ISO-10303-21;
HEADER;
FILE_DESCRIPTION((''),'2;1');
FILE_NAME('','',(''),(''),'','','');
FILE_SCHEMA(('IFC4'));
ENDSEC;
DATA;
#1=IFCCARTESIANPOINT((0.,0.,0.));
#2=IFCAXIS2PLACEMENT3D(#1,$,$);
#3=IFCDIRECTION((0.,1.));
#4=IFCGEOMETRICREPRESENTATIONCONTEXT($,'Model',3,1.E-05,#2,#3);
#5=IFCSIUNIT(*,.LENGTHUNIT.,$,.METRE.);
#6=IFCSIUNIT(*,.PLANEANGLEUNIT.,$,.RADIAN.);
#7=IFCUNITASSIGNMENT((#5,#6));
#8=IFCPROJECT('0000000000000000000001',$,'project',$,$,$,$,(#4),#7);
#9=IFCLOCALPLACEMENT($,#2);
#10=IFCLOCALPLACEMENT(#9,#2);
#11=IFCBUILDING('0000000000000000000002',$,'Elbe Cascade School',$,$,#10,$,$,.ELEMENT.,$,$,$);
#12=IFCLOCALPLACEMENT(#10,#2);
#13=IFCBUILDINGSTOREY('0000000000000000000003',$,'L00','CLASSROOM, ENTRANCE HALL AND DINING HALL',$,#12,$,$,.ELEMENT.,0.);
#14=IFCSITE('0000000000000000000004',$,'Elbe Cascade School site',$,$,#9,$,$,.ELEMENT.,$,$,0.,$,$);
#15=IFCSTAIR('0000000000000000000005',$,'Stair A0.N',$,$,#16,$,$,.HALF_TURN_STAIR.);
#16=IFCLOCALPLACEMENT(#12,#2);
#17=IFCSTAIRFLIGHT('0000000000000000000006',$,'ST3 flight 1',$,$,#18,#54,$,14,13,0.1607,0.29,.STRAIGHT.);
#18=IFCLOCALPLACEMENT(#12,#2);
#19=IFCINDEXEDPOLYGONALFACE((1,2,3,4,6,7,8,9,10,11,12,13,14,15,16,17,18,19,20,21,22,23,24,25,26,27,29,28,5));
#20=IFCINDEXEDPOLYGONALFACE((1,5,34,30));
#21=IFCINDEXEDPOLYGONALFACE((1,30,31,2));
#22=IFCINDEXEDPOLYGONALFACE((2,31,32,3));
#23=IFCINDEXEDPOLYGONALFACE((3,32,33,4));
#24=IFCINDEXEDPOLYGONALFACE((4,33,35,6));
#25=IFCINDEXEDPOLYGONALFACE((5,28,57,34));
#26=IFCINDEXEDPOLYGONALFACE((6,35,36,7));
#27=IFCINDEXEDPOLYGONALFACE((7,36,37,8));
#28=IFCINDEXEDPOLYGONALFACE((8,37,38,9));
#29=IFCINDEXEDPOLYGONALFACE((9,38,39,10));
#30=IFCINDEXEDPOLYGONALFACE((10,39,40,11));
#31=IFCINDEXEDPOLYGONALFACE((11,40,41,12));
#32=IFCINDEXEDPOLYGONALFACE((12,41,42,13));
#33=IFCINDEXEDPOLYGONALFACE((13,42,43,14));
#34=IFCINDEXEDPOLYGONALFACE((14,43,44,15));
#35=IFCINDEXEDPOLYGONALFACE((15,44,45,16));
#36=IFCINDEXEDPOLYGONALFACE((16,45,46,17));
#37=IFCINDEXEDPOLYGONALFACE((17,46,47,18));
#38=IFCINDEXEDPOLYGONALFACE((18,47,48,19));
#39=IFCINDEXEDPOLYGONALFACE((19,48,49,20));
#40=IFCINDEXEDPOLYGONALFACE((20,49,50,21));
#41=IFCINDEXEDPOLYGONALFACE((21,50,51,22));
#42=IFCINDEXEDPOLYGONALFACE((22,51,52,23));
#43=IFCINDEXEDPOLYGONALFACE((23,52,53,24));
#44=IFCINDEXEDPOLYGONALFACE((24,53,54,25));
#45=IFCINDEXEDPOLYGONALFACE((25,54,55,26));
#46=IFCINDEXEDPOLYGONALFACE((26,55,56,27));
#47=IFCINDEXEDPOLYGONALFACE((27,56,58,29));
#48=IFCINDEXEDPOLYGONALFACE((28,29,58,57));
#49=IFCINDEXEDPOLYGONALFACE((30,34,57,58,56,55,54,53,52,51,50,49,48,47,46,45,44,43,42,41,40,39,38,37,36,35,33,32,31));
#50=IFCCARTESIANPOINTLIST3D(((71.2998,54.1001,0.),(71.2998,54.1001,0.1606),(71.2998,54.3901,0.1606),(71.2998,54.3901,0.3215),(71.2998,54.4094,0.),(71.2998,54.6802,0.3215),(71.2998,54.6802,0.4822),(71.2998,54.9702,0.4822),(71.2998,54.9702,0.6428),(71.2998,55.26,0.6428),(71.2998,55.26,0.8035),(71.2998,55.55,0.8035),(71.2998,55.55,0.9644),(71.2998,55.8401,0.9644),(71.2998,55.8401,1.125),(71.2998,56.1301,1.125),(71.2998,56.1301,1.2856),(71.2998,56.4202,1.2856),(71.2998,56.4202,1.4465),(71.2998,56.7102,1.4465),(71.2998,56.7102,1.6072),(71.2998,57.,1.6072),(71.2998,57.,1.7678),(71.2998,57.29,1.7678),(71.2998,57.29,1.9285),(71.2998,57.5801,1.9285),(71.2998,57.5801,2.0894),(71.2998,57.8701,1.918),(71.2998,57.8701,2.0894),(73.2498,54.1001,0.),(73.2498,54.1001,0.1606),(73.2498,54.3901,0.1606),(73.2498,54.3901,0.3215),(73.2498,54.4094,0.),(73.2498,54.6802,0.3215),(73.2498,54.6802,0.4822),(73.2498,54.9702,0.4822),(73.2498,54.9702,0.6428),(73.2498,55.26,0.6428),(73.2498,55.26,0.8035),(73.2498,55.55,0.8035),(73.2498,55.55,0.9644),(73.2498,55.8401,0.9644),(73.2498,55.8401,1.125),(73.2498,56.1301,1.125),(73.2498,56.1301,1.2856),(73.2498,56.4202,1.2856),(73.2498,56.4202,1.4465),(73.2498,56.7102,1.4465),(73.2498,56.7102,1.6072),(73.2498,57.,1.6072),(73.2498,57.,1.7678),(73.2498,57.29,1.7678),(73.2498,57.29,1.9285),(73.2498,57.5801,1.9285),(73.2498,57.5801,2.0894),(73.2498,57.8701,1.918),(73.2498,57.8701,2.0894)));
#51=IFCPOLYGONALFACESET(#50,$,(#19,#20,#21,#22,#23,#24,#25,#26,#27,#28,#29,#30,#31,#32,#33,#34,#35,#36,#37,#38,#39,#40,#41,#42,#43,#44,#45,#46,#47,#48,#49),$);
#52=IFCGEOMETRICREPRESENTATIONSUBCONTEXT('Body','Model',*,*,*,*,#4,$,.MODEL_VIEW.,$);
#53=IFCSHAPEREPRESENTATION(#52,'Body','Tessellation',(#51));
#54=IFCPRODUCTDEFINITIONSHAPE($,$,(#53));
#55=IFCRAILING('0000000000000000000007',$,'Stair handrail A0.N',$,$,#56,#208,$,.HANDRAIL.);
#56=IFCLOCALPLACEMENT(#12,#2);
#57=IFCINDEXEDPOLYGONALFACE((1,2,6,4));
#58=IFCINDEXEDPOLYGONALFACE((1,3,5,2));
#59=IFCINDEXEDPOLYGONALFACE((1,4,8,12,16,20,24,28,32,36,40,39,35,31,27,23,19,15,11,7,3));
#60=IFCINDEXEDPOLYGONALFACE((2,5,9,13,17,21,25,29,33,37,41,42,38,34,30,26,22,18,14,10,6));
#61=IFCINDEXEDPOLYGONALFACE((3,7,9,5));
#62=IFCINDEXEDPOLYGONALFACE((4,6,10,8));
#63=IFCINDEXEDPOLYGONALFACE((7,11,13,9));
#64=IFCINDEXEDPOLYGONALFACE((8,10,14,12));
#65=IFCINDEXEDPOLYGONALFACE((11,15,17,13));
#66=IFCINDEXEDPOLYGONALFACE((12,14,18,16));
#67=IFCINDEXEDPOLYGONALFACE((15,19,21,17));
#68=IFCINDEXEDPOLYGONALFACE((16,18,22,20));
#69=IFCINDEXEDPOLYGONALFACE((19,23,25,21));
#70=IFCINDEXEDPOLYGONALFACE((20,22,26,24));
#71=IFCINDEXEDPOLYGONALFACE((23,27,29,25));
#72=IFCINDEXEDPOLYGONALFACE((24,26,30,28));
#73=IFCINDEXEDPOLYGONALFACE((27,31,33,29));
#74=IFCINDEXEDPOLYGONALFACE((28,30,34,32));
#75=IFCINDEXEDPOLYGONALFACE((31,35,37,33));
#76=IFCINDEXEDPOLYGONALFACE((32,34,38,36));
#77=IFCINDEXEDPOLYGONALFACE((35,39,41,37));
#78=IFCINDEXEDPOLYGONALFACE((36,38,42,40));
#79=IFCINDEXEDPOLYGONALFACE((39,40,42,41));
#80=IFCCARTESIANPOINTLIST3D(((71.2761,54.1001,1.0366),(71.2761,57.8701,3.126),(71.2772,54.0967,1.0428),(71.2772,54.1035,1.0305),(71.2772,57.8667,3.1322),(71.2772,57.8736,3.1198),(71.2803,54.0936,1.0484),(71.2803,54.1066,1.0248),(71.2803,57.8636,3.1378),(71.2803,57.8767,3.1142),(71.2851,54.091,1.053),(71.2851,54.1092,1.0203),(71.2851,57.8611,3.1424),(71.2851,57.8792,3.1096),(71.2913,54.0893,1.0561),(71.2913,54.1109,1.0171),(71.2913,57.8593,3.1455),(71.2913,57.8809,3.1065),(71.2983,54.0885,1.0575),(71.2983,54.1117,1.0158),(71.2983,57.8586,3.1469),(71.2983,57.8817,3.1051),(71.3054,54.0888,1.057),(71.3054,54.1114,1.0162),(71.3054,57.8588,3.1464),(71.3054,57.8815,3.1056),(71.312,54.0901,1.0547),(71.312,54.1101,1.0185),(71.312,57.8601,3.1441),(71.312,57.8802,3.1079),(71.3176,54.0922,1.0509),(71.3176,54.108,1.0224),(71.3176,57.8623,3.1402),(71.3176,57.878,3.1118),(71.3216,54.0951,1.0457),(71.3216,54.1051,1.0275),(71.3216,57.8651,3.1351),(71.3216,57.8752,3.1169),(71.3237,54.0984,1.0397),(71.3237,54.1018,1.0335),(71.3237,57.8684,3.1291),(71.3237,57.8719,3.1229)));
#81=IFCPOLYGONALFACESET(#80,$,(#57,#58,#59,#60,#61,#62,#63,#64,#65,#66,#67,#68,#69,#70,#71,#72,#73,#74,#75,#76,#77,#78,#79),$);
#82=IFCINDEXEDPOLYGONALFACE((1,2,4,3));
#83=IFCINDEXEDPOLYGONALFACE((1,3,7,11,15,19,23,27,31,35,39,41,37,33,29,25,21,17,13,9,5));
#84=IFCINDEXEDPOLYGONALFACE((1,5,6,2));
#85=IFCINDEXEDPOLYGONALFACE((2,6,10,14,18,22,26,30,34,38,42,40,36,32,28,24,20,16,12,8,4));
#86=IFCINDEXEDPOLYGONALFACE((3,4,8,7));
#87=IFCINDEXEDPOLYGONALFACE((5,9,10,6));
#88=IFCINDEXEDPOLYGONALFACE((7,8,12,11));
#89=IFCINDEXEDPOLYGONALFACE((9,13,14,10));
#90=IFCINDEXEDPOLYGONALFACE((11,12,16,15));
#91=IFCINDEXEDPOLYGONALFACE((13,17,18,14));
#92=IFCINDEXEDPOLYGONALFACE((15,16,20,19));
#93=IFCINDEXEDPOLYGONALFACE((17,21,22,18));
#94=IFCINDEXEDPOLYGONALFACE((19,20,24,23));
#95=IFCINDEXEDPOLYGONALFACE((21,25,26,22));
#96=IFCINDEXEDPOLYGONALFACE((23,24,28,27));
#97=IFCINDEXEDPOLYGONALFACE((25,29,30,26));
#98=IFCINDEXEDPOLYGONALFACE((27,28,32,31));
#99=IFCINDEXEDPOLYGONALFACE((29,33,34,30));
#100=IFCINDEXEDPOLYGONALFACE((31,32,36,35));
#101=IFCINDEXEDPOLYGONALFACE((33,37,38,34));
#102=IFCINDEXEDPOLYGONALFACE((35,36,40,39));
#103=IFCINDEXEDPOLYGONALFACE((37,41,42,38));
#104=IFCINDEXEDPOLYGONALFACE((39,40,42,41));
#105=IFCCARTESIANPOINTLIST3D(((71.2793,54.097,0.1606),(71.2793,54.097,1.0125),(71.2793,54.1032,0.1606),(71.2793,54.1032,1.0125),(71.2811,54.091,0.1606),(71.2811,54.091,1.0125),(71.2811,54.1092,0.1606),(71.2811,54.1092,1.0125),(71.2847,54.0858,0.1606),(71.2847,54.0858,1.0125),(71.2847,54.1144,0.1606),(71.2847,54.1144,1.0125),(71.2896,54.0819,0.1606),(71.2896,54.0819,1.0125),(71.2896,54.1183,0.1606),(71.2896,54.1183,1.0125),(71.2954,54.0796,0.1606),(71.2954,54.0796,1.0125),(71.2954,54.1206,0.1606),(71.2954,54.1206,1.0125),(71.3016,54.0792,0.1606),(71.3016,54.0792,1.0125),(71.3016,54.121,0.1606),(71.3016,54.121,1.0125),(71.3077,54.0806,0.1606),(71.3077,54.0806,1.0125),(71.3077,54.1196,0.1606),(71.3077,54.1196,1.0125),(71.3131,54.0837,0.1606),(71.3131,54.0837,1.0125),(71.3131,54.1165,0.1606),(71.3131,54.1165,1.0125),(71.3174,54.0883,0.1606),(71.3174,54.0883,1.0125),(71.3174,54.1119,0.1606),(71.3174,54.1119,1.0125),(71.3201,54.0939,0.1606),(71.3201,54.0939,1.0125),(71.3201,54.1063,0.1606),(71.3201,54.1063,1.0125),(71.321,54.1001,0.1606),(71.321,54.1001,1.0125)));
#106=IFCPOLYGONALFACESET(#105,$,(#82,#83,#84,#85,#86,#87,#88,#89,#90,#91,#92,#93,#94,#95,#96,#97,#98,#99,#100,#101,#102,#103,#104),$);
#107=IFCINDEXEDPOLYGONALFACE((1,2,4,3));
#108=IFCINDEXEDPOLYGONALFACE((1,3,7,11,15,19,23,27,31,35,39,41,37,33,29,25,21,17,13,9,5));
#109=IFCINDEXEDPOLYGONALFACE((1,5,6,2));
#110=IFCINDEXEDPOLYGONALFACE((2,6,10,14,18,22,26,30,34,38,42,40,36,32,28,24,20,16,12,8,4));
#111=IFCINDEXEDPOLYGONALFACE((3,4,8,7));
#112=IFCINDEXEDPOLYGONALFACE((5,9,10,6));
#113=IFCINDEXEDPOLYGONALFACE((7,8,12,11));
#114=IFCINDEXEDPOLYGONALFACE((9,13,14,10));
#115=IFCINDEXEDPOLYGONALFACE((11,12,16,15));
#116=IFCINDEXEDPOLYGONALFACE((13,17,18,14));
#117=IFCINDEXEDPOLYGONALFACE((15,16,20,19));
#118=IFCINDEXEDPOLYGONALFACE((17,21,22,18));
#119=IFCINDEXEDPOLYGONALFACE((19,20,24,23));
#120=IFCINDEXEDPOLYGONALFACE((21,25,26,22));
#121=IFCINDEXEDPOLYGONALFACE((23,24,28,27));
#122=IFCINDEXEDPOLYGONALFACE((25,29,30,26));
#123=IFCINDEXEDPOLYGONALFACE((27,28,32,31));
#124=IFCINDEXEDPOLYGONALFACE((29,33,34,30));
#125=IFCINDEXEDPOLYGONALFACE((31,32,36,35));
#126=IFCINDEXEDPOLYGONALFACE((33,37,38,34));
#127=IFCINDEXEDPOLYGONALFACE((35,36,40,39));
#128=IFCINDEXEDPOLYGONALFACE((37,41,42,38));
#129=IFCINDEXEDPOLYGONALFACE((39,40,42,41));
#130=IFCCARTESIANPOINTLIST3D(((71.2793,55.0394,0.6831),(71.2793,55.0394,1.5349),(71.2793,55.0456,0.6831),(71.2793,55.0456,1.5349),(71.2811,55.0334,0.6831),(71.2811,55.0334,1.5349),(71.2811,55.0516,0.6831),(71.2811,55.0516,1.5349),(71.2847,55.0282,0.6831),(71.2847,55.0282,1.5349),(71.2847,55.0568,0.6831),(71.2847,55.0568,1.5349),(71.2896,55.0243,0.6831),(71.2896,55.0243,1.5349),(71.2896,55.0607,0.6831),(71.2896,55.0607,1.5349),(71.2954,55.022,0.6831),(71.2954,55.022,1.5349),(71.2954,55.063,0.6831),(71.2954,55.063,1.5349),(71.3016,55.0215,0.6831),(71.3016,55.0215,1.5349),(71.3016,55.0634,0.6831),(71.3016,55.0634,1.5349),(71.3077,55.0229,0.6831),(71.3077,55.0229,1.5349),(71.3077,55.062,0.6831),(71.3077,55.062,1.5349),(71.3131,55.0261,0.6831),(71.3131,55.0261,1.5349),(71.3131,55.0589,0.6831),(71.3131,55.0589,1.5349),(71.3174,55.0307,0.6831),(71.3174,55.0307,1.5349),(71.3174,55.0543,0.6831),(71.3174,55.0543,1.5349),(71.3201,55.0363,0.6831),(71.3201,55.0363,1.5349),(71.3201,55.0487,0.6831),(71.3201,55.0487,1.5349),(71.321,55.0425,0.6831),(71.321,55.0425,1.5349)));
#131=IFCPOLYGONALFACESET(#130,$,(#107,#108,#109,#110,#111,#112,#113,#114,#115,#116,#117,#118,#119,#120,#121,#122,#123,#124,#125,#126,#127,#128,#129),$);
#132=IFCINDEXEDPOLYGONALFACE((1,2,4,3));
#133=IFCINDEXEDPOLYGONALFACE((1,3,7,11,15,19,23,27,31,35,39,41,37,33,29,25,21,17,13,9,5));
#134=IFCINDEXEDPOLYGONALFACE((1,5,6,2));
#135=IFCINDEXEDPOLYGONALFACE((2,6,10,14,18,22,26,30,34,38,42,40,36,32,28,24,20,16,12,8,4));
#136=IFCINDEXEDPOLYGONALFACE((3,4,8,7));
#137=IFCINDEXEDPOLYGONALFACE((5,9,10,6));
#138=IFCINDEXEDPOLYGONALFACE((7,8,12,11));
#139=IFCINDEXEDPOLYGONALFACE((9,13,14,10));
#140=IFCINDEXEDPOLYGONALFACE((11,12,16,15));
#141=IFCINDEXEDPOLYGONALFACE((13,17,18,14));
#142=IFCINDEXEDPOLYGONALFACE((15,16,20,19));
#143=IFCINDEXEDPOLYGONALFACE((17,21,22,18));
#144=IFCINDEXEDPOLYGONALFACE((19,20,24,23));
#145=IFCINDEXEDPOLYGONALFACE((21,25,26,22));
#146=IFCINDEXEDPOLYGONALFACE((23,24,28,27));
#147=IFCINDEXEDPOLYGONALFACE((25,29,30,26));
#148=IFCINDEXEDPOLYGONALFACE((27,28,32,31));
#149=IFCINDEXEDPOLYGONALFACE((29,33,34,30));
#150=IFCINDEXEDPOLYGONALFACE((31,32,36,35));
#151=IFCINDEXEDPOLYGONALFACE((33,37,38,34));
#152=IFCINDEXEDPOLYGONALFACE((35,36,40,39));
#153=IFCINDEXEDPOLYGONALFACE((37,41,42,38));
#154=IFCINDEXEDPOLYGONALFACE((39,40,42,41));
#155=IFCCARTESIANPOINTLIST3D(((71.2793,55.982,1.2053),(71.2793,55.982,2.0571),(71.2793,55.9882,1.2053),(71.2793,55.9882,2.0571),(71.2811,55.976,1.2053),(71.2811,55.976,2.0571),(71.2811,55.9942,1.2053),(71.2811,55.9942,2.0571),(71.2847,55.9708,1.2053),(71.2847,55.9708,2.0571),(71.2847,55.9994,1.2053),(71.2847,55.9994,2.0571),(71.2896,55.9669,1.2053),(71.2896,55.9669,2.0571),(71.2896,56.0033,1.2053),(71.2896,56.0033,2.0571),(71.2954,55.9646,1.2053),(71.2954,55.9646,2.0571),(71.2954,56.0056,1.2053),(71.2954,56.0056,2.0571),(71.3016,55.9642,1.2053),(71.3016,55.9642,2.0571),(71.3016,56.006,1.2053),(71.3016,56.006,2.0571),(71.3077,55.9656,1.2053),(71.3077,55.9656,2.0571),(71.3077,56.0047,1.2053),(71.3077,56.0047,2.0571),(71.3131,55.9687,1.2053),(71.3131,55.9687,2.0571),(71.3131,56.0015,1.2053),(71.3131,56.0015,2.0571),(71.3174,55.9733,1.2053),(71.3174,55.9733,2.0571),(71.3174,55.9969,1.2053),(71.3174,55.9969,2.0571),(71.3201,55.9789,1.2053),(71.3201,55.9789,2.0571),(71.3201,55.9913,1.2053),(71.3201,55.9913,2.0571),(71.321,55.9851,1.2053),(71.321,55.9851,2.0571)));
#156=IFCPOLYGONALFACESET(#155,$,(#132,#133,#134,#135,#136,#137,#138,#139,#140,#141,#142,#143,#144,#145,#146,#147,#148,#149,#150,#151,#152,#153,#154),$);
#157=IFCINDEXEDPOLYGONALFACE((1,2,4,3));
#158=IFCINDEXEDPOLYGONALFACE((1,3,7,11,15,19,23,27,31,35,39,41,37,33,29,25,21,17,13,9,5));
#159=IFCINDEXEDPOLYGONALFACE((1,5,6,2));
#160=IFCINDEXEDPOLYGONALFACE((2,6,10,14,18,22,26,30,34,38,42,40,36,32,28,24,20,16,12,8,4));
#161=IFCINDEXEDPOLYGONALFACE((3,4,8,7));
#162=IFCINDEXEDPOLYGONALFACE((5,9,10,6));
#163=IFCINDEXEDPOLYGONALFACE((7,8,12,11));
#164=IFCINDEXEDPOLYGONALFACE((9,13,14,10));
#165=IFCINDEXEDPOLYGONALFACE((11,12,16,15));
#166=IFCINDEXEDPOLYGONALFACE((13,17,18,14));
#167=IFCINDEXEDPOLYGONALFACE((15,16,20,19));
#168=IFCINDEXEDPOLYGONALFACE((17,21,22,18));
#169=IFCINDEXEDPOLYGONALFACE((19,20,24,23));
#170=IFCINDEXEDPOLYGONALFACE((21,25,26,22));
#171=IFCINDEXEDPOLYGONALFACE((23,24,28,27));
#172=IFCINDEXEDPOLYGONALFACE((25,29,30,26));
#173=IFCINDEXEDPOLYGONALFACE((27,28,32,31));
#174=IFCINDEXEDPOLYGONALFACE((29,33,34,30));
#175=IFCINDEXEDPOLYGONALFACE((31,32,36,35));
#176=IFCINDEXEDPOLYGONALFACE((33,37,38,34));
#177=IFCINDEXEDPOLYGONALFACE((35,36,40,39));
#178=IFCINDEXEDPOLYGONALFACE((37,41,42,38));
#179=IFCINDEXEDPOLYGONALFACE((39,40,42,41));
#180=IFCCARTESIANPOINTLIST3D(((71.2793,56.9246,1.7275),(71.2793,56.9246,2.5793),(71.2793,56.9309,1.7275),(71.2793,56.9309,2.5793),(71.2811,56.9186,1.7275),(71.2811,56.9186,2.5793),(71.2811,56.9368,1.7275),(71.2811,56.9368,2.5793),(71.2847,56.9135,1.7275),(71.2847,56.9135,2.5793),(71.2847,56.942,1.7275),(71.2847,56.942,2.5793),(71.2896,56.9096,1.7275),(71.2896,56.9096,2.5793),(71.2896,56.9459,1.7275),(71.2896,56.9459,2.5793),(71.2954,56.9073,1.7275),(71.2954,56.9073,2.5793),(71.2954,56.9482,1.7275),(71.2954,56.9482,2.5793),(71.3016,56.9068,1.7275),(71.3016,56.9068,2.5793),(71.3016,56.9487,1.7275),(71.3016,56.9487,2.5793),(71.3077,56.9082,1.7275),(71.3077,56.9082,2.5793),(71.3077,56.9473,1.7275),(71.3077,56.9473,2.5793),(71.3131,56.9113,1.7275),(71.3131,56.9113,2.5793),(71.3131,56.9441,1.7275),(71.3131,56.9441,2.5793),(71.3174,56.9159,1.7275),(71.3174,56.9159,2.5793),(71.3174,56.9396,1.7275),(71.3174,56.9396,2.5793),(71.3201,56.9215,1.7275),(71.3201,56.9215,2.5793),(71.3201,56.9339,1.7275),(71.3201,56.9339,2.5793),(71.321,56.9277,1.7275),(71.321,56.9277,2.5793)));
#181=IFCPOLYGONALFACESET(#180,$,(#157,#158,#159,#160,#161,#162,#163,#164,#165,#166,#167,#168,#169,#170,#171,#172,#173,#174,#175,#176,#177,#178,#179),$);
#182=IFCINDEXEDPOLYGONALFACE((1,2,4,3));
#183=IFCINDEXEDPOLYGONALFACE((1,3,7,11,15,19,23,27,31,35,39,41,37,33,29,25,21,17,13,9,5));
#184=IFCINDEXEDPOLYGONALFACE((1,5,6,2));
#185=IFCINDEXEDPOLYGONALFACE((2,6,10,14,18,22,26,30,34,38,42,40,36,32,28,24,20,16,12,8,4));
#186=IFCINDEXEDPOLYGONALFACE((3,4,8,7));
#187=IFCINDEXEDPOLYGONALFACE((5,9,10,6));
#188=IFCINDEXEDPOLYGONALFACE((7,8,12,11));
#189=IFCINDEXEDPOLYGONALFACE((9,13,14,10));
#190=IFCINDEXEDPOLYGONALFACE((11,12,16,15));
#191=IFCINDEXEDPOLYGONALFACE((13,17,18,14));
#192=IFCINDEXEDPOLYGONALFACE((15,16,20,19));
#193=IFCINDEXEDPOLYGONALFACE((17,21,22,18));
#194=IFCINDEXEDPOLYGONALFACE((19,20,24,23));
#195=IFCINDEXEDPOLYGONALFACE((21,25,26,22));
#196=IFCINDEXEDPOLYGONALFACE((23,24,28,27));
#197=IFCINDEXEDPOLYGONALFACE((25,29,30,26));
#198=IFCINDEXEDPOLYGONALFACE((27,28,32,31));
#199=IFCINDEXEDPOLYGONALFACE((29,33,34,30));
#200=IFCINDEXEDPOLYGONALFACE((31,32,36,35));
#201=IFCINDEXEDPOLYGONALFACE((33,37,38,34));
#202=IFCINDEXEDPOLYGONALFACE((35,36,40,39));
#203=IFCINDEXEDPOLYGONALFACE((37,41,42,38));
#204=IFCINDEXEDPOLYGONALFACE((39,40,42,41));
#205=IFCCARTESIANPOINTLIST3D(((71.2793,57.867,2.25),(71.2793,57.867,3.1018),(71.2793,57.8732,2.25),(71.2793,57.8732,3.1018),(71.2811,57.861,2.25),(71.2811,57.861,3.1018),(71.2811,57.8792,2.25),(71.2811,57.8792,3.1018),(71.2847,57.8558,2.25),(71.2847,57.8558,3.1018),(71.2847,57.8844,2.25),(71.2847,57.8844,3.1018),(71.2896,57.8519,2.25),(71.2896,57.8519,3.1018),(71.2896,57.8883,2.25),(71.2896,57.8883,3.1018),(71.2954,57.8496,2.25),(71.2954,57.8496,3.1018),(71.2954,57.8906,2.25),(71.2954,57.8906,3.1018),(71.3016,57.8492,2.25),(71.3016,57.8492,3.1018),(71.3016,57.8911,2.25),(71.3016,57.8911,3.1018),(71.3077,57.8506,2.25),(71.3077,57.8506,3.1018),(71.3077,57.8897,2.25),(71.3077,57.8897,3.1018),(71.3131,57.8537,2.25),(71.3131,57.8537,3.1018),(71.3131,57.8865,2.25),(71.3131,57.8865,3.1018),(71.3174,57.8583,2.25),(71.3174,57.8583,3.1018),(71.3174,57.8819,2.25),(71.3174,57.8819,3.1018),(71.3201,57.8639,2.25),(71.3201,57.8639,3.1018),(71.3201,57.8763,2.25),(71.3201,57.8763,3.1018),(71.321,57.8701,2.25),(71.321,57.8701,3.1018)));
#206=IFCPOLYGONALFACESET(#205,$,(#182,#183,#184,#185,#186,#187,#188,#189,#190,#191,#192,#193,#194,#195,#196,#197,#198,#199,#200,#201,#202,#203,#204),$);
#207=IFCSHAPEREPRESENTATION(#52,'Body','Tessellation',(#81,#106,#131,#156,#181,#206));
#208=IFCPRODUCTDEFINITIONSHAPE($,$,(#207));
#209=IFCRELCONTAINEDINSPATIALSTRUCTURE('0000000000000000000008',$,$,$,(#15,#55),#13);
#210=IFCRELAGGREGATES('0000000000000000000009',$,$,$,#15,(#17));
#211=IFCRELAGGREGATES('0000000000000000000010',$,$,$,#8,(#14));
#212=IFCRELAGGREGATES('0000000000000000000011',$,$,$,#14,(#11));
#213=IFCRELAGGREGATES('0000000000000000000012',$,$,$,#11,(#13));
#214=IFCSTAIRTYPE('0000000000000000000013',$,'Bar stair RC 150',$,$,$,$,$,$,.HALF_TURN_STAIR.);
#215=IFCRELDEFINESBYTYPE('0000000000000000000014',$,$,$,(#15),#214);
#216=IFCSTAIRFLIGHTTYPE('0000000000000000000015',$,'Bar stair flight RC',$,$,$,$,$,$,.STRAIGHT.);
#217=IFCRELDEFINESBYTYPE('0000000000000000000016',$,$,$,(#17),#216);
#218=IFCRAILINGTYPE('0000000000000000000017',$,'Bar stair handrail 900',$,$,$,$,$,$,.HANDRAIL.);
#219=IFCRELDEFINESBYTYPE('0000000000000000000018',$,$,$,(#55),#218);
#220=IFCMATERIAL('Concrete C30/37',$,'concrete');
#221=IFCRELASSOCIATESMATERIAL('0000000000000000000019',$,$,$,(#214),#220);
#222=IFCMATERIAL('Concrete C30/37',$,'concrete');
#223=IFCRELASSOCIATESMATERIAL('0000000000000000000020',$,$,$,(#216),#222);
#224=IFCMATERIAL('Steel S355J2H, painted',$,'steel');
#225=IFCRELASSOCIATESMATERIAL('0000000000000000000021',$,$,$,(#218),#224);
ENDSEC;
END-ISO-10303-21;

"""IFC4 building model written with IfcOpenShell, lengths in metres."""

from ifc_helpers import new_model, si_unit, direction, frame, origin, origin_2d, place, context, subcontext, project, spatial, polyline, circle, outline, extrude, material, type_object, element, aggregate, save


model = new_model("IFC4")

# Units and contexts
model_context = context("Model", 3, precision=1e-05, world=origin(), true_north=direction((0.0, 1.0)))
body_context = subcontext(model_context, "Body", "Model", "MODEL_VIEW")
ifc_project = project(units=[si_unit("LENGTHUNIT", "METRE"), si_unit("PLANEANGLEUNIT", "RADIAN")], contexts=[model_context])

# Site, building, storey
site_placement = place(None, origin())
site = spatial("IfcSite", under=ifc_project, at=site_placement, Name="Elbe Cascade School site", CompositionType="ELEMENT", RefElevation=0.0)
building_placement = place(site_placement, origin())
building = spatial("IfcBuilding", under=site, at=building_placement, Name="Elbe Cascade School", CompositionType="ELEMENT")
storey_placement = place(building_placement, origin())
storey = spatial("IfcBuildingStorey", under=building, at=storey_placement, Name="L00", Description="CLASSROOM, ENTRANCE HALL AND DINING HALL", CompositionType="ELEMENT", Elevation=0.0)

# Stair, stair flight
ifc_material_1 = material(Name="Concrete C30/37", Category="concrete")
stair_type = type_object("IfcStairType", Name="Bar stair RC 150", PredefinedType="HALF_TURN_STAIR", material=ifc_material_1)
stair_placement = place(storey_placement, origin())
stair = element("IfcStair", 1, at=stair_placement, inside=storey, type_object=stair_type, Name="Stair A0.N", PredefinedType="HALF_TURN_STAIR")
ifc_material_2 = material(Name="Concrete C30/37", Category="concrete")
stair_flight_type = type_object("IfcStairFlightType", Name="Bar stair flight RC", PredefinedType="STRAIGHT", material=ifc_material_2)
stair_flight_placement = place(storey_placement, frame((72.2749, 54.1001, 0.0), z_axis=(0.0, 0.0, 1.0), x_axis=(0.0, 1.0, 0.0)))
stair_flight = element("IfcStairFlight", 2, at=stair_flight_placement, type_object=stair_flight_type, Name="ST3 flight 1", NumberOfRisers=14, NumberOfTreads=13, PredefinedType="STRAIGHT", RiserHeight=0.1607, TreadLength=0.29, context=body_context, shape_type="SweptSolid", body=[
    extrude(outline(polyline([(0.0, 0.0), (0.0, 0.1606), (0.29, 0.1606), (0.29, 0.3215), (0.5801, 0.3215), (0.5801, 0.4822), (0.8701, 0.4822), (0.8701, 0.6428), (1.1599, 0.6428), (1.1599, 0.8035), (1.45, 0.8035), (1.45, 0.9644), (1.74, 0.9644), (1.74, 1.125), (2.03, 1.125), (2.03, 1.2856), (2.3201, 1.2856), (2.3201, 1.4465), (2.6101, 1.4465), (2.6101, 1.6072), (2.8999, 1.6072), (2.8999, 1.7678), (3.1899, 1.7678), (3.1899, 1.9285), (3.48, 1.9285), (3.48, 2.0894), (3.77, 2.0894), (3.77, 2.25), (3.77, 1.918), (0.3093, 0.0), (0.0, 0.0)])), frame((0.0, 0.9751, 0.0), z_axis=(0.0, -1.0, 0.0), x_axis=(1.0, 0.0, 0.0)), (0.0, 0.0, 1.0), 1.95),
])
aggregate(stair, [stair_flight])

# Railing
ifc_material_3 = material(Name="Steel S355J2H, painted", Category="steel")
railing_type_1 = type_object("IfcRailingType", Name="Bar stair handrail 900", PredefinedType="HANDRAIL", material=ifc_material_3)
railing_1_placement = place(storey_placement, frame((71.3, 54.1001, 0.1606)))
element("IfcRailing", 3, at=railing_1_placement, inside=storey, type_object=railing_type_1, Name="Stair handrail A0.N", PredefinedType="HANDRAIL", context=body_context, shape_type="SweptSolid", body=[
    extrude(circle(Radius=0.0239, at=origin_2d()), frame((0.0, 0.0, 0.876), z_axis=(0.0, 0.874659, 0.484739), x_axis=(-1.0, 0.0, 0.0)), (0.0, 0.0, 1.0), 4.3103),
    extrude(circle(Radius=0.021, at=origin_2d()), origin(), (0.0, 0.0, 1.0), 0.8518),
    extrude(circle(Radius=0.021, at=origin_2d()), frame((0.0, 0.9424, 0.5225)), (0.0, 0.0, 1.0), 0.8518),
    extrude(circle(Radius=0.021, at=origin_2d()), frame((0.0, 1.885, 1.0447)), (0.0, 0.0, 1.0), 0.8518),
    extrude(circle(Radius=0.021, at=origin_2d()), frame((0.0, 2.8276, 1.5669)), (0.0, 0.0, 1.0), 0.8518),
    extrude(circle(Radius=0.021, at=origin_2d()), frame((0.0, 3.77, 2.0894)), (0.0, 0.0, 1.0), 0.8518),
])

save(model, "model.ifc")
